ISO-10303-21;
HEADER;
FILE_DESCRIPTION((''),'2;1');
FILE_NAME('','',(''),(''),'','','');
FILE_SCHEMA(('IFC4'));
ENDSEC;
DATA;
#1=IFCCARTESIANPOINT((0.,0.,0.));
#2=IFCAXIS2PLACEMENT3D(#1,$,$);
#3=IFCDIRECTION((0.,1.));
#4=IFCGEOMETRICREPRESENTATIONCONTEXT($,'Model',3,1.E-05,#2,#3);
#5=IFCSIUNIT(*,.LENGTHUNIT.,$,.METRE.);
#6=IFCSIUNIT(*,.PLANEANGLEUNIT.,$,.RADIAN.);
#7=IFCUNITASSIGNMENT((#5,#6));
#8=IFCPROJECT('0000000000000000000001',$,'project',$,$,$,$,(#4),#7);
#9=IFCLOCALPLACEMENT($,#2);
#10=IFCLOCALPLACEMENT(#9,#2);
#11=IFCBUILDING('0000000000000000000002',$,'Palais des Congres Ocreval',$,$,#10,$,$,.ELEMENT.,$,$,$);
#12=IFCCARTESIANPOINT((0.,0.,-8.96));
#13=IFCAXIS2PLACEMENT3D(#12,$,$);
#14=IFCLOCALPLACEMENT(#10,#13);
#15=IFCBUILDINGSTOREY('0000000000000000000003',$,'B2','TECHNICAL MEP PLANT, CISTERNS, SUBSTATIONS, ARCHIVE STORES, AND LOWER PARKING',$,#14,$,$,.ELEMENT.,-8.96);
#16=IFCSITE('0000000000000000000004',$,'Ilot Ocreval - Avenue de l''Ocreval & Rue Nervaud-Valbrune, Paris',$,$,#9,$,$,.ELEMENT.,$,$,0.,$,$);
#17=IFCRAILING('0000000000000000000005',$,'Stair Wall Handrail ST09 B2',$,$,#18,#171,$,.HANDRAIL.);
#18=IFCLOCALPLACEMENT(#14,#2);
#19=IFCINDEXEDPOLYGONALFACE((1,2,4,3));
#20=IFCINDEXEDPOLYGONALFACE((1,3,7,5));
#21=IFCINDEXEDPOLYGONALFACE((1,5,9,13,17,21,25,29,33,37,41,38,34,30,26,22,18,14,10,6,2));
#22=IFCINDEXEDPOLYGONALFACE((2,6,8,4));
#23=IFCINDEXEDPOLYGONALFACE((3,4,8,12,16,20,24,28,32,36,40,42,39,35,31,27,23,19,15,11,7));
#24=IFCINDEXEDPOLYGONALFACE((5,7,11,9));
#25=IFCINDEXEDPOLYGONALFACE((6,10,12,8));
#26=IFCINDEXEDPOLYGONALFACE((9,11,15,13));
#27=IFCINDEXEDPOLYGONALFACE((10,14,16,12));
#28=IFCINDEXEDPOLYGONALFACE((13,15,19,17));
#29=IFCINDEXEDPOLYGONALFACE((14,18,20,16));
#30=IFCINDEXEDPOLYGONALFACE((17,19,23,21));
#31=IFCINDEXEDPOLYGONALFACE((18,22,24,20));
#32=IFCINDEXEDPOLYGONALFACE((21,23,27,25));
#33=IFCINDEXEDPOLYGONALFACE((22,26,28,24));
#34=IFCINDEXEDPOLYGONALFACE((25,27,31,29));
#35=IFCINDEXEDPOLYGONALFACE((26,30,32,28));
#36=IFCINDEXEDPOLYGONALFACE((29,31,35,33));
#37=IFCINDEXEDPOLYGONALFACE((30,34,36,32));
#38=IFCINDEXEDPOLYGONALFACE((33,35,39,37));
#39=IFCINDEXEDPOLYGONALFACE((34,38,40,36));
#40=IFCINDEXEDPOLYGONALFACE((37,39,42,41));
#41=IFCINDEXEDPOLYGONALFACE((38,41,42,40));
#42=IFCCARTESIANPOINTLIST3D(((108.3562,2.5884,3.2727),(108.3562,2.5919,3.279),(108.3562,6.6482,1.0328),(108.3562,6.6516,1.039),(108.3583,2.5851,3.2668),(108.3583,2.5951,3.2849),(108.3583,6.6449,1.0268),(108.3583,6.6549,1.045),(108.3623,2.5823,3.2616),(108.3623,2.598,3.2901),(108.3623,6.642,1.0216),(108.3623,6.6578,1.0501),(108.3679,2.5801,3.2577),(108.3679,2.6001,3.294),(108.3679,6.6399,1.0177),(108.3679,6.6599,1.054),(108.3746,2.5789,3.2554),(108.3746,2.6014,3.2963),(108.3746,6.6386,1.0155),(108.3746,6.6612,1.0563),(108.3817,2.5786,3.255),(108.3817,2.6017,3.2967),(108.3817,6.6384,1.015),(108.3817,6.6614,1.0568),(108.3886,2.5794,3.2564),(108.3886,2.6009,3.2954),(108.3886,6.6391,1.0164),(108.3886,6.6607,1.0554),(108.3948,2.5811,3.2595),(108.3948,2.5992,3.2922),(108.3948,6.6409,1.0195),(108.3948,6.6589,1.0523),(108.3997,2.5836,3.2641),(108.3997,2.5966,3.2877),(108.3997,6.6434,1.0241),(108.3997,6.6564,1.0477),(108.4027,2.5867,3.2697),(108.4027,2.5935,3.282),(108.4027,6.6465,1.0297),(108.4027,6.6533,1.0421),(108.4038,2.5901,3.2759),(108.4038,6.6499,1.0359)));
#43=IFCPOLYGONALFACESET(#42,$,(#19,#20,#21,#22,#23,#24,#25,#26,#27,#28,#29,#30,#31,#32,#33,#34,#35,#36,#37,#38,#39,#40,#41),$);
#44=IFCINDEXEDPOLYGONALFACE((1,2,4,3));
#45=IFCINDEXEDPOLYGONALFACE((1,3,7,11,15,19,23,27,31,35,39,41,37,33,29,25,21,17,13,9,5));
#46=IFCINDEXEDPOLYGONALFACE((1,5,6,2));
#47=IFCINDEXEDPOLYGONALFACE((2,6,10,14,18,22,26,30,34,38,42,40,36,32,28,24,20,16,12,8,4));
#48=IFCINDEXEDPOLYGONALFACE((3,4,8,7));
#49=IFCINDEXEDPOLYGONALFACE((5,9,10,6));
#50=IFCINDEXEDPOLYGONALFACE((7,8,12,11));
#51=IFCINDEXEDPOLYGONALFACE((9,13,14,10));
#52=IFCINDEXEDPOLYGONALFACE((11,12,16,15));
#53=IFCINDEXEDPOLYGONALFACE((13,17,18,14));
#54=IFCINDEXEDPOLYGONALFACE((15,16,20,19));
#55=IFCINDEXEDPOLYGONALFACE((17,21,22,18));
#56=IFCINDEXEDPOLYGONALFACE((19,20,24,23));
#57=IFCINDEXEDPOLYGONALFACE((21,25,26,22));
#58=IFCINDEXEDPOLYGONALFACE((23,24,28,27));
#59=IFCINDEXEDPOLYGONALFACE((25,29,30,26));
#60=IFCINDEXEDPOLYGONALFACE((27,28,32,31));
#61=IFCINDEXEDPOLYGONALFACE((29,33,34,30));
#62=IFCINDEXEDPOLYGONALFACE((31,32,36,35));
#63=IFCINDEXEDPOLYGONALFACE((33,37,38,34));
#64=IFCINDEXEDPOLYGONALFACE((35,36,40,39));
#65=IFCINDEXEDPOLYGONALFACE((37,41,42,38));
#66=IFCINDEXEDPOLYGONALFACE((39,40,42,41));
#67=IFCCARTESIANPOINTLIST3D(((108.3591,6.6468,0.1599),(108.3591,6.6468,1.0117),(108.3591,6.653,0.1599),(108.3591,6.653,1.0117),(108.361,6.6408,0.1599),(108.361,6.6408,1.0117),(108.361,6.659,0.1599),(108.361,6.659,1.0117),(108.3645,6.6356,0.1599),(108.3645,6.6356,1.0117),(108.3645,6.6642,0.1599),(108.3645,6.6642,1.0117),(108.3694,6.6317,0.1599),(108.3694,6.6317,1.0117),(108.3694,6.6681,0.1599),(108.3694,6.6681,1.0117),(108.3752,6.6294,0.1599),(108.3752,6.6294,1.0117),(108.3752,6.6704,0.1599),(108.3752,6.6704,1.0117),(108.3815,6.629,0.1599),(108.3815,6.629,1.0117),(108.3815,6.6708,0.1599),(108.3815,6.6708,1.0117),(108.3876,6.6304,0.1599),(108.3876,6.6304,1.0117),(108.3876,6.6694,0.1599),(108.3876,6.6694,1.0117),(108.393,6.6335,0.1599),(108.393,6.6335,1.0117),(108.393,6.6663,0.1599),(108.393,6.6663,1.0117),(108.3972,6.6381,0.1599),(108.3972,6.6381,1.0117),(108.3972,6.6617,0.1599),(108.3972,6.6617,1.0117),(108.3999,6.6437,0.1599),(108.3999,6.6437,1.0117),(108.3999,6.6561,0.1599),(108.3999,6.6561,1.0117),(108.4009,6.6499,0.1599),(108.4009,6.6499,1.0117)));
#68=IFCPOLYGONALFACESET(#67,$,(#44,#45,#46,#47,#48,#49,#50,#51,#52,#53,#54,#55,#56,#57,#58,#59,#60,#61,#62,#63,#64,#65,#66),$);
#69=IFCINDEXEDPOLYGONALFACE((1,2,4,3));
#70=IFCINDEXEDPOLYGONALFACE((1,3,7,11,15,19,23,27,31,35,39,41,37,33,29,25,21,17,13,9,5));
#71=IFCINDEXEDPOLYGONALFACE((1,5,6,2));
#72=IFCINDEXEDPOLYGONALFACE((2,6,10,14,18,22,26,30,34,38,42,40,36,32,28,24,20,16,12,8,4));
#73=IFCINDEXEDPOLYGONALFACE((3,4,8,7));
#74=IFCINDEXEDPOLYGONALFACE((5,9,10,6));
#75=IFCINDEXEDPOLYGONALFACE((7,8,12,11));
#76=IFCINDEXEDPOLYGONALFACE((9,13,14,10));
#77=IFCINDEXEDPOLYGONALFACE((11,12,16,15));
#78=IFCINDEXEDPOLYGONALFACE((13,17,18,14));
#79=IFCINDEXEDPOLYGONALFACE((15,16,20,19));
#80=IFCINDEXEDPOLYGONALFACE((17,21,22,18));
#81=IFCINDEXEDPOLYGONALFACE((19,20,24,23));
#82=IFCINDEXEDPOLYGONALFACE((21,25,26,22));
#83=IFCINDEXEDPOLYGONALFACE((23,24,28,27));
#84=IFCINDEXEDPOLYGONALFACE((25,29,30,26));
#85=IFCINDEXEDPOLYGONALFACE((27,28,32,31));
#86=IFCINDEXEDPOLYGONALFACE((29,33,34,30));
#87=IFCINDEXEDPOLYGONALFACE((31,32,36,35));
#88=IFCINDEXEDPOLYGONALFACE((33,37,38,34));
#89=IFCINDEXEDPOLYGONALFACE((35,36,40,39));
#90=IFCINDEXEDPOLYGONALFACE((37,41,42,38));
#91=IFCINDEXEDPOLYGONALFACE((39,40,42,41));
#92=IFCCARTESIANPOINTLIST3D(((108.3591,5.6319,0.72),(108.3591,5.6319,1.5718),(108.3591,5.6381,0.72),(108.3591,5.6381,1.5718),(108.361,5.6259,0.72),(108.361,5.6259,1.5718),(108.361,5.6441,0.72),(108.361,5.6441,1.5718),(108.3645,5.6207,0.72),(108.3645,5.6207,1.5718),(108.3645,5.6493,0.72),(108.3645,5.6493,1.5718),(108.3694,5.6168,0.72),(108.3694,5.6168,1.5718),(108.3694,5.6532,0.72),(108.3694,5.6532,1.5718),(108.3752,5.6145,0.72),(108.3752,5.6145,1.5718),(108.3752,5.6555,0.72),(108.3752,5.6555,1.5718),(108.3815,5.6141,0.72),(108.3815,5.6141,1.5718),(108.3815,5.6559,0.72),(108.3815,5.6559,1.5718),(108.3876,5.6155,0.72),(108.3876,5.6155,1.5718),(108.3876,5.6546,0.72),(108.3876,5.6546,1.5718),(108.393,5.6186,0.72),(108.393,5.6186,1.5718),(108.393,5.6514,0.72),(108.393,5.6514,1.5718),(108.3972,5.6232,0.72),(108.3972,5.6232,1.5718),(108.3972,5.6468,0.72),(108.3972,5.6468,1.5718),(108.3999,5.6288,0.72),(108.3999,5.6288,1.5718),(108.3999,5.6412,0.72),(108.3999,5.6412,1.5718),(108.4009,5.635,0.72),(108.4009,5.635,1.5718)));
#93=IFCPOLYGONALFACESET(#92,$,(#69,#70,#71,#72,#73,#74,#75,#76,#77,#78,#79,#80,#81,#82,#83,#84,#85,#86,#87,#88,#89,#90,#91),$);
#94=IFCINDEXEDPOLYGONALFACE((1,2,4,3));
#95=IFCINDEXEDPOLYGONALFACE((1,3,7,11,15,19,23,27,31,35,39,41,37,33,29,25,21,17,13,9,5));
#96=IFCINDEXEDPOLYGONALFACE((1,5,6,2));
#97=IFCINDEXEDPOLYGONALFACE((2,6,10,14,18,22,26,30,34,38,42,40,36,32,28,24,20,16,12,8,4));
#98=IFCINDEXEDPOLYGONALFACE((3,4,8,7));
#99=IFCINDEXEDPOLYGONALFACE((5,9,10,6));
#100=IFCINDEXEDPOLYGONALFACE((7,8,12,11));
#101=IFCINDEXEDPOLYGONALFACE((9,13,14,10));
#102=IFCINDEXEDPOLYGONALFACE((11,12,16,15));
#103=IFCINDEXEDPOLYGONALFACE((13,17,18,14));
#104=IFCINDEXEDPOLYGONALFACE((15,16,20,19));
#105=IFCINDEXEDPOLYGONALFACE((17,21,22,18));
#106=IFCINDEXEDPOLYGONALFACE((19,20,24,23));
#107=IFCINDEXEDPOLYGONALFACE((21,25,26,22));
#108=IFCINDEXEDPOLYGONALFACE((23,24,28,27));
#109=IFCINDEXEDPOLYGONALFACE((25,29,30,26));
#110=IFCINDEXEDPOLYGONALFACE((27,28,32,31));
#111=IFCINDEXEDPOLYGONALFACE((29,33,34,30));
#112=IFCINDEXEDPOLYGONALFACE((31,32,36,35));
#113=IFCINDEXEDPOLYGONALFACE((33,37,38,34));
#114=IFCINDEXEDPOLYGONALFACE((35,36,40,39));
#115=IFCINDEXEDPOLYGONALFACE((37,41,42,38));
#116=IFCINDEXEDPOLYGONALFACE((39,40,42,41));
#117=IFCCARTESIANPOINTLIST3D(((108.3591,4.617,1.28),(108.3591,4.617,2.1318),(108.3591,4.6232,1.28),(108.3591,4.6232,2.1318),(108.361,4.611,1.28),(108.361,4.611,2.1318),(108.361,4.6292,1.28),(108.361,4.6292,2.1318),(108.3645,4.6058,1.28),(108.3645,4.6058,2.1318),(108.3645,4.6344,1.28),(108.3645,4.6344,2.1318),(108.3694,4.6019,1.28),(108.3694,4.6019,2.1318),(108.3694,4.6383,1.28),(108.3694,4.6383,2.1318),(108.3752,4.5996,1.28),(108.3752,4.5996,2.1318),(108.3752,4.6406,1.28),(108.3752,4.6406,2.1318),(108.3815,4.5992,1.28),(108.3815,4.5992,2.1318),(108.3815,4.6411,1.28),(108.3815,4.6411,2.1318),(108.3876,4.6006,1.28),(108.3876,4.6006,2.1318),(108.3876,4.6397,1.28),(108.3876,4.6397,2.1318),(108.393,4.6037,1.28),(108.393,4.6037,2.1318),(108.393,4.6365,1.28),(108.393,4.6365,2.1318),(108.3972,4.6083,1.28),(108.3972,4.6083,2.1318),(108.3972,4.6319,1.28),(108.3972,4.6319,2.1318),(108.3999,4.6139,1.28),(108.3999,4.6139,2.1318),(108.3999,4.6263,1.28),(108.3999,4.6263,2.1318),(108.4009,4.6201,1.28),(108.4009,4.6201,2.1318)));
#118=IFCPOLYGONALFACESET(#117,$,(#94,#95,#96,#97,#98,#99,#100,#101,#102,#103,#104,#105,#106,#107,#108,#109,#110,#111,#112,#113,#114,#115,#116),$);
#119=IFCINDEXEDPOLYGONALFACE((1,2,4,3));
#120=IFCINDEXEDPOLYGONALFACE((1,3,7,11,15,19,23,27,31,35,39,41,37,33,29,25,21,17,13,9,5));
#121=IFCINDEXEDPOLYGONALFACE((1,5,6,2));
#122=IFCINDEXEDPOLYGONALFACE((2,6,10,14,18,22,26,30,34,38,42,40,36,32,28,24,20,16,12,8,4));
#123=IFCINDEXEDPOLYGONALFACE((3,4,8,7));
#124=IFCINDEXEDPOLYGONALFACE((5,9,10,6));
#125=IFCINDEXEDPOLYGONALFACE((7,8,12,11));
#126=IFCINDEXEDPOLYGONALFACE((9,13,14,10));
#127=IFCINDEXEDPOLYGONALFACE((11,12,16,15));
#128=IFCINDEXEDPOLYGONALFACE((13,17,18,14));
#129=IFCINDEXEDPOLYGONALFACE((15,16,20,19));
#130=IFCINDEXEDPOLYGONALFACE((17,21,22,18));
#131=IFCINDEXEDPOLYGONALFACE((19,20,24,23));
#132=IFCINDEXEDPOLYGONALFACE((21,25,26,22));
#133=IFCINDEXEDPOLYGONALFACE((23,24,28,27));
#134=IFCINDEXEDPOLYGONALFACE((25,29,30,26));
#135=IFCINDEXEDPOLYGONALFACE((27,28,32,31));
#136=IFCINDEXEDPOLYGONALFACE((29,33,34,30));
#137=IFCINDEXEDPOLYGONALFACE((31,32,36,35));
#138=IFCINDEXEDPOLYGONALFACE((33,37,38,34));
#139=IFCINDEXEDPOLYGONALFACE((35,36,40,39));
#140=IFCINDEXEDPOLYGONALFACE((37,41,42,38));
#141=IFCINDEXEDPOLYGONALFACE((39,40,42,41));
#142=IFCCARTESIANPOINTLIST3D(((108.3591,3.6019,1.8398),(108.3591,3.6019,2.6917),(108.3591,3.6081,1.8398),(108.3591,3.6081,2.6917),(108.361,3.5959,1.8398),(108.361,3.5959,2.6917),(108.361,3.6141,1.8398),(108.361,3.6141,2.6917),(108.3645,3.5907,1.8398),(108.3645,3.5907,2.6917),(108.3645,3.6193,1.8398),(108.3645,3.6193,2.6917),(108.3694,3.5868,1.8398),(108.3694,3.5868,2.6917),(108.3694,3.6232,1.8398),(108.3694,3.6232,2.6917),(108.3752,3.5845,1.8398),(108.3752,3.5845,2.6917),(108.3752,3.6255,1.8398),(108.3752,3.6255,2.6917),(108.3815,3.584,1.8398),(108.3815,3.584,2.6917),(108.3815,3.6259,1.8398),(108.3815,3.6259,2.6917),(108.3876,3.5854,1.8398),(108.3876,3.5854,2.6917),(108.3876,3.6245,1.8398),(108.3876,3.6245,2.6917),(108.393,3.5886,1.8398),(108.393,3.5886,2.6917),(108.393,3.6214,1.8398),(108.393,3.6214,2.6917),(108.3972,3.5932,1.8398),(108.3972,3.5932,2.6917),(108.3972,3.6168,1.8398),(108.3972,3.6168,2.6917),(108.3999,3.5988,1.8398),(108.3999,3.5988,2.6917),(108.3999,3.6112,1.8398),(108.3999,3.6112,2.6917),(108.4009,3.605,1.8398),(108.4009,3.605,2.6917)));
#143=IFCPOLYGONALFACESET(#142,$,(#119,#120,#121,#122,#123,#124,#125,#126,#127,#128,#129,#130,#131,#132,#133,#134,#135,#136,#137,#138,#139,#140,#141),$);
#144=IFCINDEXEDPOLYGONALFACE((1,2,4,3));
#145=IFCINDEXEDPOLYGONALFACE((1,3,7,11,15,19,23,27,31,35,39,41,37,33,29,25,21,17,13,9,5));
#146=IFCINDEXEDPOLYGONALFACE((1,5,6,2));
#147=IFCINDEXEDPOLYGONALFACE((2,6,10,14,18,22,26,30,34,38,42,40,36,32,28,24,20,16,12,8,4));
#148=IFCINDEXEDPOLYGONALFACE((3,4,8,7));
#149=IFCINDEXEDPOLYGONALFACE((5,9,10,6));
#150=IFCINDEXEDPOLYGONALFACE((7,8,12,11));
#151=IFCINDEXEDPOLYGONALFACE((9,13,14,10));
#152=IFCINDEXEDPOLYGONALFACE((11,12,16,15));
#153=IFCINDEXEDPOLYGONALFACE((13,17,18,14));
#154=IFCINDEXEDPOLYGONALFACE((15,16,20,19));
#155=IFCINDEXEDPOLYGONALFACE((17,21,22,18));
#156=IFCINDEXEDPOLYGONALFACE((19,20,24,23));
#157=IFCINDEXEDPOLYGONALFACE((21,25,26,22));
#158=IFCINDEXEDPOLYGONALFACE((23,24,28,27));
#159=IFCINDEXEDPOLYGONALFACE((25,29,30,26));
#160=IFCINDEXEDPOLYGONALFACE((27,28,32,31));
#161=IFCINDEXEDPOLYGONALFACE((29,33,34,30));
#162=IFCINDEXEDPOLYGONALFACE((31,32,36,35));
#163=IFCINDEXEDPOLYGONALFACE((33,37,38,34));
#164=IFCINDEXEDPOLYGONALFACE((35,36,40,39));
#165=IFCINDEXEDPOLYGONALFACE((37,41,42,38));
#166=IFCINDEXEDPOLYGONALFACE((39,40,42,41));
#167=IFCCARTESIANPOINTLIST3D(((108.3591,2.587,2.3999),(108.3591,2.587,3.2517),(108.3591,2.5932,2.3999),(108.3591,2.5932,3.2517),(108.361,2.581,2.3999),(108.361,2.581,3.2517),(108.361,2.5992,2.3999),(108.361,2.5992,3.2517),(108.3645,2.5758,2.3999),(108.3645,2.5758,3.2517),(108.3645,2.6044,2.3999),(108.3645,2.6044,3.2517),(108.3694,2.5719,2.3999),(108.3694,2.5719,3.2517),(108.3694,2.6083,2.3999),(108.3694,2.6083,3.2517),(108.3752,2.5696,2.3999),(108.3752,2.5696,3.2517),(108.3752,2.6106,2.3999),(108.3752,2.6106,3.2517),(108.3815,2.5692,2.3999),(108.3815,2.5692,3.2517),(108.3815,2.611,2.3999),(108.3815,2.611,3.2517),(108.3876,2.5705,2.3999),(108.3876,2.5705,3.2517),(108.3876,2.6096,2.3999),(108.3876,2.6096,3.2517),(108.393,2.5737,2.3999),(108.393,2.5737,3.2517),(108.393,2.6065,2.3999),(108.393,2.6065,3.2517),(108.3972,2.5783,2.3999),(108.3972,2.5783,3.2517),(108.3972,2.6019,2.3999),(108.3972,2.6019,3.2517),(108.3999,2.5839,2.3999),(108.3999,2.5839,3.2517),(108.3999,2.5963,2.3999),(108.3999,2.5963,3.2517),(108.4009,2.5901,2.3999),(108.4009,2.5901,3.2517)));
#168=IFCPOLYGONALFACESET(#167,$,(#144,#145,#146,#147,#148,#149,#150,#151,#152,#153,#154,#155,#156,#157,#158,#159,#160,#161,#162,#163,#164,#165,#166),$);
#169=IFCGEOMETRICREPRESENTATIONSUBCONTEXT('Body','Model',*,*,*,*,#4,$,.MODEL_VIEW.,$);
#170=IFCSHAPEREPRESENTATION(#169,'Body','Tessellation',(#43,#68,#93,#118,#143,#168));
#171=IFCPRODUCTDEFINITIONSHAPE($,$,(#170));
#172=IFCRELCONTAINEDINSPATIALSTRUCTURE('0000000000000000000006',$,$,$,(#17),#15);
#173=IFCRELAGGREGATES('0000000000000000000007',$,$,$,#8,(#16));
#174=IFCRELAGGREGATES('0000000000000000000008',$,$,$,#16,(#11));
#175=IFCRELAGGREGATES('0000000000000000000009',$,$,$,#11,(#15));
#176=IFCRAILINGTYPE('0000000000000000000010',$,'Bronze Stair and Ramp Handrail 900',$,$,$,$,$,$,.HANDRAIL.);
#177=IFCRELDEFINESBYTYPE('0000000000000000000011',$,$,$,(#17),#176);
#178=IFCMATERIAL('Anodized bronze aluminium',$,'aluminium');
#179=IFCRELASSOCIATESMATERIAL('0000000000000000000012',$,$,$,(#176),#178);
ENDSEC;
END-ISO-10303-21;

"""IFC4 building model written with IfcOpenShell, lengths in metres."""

from ifc_helpers import new_model, si_unit, direction, frame, origin, origin_2d, place, context, subcontext, project, spatial, circle, extrude, material, type_object, element, save


model = new_model("IFC4")

# Units and contexts
model_context = context("Model", 3, precision=1e-05, world=origin(), true_north=direction((0.0, 1.0)))
body_context = subcontext(model_context, "Body", "Model", "MODEL_VIEW")
ifc_project = project(units=[si_unit("LENGTHUNIT", "METRE"), si_unit("PLANEANGLEUNIT", "RADIAN")], contexts=[model_context])

# Site, building, storey
site_placement = place(None, origin())
site = spatial("IfcSite", under=ifc_project, at=site_placement, Name="Ilot Ocreval - Avenue de l'Ocreval & Rue Nervaud-Valbrune, Paris", CompositionType="ELEMENT", RefElevation=0.0)
building_placement = place(site_placement, origin())
building = spatial("IfcBuilding", under=site, at=building_placement, Name="Palais des Congres Ocreval", CompositionType="ELEMENT")
storey_placement = place(building_placement, frame((0.0, 0.0, -8.96)))
storey = spatial("IfcBuildingStorey", under=building, at=storey_placement, Name="B2", Description="TECHNICAL MEP PLANT, CISTERNS, SUBSTATIONS, ARCHIVE STORES, AND LOWER PARKING", CompositionType="ELEMENT", Elevation=-8.96)

# Railing
ifc_material_1 = material(Name="Anodized bronze aluminium", Category="aluminium")
railing_type = type_object("IfcRailingType", Name="Bronze Stair and Ramp Handrail 900", PredefinedType="HANDRAIL", material=ifc_material_1)
railing_placement = place(storey_placement, frame((108.3799, 6.6499, 0.1599)))
element("IfcRailing", 1, at=railing_placement, inside=storey, type_object=railing_type, Name="Stair Wall Handrail ST09 B2", PredefinedType="HANDRAIL", context=body_context, shape_type="SweptSolid", body=[
    extrude(circle(Radius=0.0239, at=origin_2d()), frame((0.0, 0.0, 0.876), z_axis=(0.0, -0.875569, 0.483093), x_axis=(1.0, 0.0, 0.0)), (0.0, 0.0, 1.0), 4.6367),
    extrude(circle(Radius=0.021, at=origin_2d()), origin(), (0.0, 0.0, 1.0), 0.8518),
    extrude(circle(Radius=0.021, at=origin_2d()), frame((0.0, -1.0149, 0.5601)), (0.0, 0.0, 1.0), 0.8518),
    extrude(circle(Radius=0.021, at=origin_2d()), frame((0.0, -2.0298, 1.1201)), (0.0, 0.0, 1.0), 0.8518),
    extrude(circle(Radius=0.021, at=origin_2d()), frame((0.0, -3.0449, 1.6799)), (0.0, 0.0, 1.0), 0.8518),
    extrude(circle(Radius=0.021, at=origin_2d()), frame((0.0, -4.0598, 2.24)), (0.0, 0.0, 1.0), 0.8518),
])

save(model, "model.ifc")
